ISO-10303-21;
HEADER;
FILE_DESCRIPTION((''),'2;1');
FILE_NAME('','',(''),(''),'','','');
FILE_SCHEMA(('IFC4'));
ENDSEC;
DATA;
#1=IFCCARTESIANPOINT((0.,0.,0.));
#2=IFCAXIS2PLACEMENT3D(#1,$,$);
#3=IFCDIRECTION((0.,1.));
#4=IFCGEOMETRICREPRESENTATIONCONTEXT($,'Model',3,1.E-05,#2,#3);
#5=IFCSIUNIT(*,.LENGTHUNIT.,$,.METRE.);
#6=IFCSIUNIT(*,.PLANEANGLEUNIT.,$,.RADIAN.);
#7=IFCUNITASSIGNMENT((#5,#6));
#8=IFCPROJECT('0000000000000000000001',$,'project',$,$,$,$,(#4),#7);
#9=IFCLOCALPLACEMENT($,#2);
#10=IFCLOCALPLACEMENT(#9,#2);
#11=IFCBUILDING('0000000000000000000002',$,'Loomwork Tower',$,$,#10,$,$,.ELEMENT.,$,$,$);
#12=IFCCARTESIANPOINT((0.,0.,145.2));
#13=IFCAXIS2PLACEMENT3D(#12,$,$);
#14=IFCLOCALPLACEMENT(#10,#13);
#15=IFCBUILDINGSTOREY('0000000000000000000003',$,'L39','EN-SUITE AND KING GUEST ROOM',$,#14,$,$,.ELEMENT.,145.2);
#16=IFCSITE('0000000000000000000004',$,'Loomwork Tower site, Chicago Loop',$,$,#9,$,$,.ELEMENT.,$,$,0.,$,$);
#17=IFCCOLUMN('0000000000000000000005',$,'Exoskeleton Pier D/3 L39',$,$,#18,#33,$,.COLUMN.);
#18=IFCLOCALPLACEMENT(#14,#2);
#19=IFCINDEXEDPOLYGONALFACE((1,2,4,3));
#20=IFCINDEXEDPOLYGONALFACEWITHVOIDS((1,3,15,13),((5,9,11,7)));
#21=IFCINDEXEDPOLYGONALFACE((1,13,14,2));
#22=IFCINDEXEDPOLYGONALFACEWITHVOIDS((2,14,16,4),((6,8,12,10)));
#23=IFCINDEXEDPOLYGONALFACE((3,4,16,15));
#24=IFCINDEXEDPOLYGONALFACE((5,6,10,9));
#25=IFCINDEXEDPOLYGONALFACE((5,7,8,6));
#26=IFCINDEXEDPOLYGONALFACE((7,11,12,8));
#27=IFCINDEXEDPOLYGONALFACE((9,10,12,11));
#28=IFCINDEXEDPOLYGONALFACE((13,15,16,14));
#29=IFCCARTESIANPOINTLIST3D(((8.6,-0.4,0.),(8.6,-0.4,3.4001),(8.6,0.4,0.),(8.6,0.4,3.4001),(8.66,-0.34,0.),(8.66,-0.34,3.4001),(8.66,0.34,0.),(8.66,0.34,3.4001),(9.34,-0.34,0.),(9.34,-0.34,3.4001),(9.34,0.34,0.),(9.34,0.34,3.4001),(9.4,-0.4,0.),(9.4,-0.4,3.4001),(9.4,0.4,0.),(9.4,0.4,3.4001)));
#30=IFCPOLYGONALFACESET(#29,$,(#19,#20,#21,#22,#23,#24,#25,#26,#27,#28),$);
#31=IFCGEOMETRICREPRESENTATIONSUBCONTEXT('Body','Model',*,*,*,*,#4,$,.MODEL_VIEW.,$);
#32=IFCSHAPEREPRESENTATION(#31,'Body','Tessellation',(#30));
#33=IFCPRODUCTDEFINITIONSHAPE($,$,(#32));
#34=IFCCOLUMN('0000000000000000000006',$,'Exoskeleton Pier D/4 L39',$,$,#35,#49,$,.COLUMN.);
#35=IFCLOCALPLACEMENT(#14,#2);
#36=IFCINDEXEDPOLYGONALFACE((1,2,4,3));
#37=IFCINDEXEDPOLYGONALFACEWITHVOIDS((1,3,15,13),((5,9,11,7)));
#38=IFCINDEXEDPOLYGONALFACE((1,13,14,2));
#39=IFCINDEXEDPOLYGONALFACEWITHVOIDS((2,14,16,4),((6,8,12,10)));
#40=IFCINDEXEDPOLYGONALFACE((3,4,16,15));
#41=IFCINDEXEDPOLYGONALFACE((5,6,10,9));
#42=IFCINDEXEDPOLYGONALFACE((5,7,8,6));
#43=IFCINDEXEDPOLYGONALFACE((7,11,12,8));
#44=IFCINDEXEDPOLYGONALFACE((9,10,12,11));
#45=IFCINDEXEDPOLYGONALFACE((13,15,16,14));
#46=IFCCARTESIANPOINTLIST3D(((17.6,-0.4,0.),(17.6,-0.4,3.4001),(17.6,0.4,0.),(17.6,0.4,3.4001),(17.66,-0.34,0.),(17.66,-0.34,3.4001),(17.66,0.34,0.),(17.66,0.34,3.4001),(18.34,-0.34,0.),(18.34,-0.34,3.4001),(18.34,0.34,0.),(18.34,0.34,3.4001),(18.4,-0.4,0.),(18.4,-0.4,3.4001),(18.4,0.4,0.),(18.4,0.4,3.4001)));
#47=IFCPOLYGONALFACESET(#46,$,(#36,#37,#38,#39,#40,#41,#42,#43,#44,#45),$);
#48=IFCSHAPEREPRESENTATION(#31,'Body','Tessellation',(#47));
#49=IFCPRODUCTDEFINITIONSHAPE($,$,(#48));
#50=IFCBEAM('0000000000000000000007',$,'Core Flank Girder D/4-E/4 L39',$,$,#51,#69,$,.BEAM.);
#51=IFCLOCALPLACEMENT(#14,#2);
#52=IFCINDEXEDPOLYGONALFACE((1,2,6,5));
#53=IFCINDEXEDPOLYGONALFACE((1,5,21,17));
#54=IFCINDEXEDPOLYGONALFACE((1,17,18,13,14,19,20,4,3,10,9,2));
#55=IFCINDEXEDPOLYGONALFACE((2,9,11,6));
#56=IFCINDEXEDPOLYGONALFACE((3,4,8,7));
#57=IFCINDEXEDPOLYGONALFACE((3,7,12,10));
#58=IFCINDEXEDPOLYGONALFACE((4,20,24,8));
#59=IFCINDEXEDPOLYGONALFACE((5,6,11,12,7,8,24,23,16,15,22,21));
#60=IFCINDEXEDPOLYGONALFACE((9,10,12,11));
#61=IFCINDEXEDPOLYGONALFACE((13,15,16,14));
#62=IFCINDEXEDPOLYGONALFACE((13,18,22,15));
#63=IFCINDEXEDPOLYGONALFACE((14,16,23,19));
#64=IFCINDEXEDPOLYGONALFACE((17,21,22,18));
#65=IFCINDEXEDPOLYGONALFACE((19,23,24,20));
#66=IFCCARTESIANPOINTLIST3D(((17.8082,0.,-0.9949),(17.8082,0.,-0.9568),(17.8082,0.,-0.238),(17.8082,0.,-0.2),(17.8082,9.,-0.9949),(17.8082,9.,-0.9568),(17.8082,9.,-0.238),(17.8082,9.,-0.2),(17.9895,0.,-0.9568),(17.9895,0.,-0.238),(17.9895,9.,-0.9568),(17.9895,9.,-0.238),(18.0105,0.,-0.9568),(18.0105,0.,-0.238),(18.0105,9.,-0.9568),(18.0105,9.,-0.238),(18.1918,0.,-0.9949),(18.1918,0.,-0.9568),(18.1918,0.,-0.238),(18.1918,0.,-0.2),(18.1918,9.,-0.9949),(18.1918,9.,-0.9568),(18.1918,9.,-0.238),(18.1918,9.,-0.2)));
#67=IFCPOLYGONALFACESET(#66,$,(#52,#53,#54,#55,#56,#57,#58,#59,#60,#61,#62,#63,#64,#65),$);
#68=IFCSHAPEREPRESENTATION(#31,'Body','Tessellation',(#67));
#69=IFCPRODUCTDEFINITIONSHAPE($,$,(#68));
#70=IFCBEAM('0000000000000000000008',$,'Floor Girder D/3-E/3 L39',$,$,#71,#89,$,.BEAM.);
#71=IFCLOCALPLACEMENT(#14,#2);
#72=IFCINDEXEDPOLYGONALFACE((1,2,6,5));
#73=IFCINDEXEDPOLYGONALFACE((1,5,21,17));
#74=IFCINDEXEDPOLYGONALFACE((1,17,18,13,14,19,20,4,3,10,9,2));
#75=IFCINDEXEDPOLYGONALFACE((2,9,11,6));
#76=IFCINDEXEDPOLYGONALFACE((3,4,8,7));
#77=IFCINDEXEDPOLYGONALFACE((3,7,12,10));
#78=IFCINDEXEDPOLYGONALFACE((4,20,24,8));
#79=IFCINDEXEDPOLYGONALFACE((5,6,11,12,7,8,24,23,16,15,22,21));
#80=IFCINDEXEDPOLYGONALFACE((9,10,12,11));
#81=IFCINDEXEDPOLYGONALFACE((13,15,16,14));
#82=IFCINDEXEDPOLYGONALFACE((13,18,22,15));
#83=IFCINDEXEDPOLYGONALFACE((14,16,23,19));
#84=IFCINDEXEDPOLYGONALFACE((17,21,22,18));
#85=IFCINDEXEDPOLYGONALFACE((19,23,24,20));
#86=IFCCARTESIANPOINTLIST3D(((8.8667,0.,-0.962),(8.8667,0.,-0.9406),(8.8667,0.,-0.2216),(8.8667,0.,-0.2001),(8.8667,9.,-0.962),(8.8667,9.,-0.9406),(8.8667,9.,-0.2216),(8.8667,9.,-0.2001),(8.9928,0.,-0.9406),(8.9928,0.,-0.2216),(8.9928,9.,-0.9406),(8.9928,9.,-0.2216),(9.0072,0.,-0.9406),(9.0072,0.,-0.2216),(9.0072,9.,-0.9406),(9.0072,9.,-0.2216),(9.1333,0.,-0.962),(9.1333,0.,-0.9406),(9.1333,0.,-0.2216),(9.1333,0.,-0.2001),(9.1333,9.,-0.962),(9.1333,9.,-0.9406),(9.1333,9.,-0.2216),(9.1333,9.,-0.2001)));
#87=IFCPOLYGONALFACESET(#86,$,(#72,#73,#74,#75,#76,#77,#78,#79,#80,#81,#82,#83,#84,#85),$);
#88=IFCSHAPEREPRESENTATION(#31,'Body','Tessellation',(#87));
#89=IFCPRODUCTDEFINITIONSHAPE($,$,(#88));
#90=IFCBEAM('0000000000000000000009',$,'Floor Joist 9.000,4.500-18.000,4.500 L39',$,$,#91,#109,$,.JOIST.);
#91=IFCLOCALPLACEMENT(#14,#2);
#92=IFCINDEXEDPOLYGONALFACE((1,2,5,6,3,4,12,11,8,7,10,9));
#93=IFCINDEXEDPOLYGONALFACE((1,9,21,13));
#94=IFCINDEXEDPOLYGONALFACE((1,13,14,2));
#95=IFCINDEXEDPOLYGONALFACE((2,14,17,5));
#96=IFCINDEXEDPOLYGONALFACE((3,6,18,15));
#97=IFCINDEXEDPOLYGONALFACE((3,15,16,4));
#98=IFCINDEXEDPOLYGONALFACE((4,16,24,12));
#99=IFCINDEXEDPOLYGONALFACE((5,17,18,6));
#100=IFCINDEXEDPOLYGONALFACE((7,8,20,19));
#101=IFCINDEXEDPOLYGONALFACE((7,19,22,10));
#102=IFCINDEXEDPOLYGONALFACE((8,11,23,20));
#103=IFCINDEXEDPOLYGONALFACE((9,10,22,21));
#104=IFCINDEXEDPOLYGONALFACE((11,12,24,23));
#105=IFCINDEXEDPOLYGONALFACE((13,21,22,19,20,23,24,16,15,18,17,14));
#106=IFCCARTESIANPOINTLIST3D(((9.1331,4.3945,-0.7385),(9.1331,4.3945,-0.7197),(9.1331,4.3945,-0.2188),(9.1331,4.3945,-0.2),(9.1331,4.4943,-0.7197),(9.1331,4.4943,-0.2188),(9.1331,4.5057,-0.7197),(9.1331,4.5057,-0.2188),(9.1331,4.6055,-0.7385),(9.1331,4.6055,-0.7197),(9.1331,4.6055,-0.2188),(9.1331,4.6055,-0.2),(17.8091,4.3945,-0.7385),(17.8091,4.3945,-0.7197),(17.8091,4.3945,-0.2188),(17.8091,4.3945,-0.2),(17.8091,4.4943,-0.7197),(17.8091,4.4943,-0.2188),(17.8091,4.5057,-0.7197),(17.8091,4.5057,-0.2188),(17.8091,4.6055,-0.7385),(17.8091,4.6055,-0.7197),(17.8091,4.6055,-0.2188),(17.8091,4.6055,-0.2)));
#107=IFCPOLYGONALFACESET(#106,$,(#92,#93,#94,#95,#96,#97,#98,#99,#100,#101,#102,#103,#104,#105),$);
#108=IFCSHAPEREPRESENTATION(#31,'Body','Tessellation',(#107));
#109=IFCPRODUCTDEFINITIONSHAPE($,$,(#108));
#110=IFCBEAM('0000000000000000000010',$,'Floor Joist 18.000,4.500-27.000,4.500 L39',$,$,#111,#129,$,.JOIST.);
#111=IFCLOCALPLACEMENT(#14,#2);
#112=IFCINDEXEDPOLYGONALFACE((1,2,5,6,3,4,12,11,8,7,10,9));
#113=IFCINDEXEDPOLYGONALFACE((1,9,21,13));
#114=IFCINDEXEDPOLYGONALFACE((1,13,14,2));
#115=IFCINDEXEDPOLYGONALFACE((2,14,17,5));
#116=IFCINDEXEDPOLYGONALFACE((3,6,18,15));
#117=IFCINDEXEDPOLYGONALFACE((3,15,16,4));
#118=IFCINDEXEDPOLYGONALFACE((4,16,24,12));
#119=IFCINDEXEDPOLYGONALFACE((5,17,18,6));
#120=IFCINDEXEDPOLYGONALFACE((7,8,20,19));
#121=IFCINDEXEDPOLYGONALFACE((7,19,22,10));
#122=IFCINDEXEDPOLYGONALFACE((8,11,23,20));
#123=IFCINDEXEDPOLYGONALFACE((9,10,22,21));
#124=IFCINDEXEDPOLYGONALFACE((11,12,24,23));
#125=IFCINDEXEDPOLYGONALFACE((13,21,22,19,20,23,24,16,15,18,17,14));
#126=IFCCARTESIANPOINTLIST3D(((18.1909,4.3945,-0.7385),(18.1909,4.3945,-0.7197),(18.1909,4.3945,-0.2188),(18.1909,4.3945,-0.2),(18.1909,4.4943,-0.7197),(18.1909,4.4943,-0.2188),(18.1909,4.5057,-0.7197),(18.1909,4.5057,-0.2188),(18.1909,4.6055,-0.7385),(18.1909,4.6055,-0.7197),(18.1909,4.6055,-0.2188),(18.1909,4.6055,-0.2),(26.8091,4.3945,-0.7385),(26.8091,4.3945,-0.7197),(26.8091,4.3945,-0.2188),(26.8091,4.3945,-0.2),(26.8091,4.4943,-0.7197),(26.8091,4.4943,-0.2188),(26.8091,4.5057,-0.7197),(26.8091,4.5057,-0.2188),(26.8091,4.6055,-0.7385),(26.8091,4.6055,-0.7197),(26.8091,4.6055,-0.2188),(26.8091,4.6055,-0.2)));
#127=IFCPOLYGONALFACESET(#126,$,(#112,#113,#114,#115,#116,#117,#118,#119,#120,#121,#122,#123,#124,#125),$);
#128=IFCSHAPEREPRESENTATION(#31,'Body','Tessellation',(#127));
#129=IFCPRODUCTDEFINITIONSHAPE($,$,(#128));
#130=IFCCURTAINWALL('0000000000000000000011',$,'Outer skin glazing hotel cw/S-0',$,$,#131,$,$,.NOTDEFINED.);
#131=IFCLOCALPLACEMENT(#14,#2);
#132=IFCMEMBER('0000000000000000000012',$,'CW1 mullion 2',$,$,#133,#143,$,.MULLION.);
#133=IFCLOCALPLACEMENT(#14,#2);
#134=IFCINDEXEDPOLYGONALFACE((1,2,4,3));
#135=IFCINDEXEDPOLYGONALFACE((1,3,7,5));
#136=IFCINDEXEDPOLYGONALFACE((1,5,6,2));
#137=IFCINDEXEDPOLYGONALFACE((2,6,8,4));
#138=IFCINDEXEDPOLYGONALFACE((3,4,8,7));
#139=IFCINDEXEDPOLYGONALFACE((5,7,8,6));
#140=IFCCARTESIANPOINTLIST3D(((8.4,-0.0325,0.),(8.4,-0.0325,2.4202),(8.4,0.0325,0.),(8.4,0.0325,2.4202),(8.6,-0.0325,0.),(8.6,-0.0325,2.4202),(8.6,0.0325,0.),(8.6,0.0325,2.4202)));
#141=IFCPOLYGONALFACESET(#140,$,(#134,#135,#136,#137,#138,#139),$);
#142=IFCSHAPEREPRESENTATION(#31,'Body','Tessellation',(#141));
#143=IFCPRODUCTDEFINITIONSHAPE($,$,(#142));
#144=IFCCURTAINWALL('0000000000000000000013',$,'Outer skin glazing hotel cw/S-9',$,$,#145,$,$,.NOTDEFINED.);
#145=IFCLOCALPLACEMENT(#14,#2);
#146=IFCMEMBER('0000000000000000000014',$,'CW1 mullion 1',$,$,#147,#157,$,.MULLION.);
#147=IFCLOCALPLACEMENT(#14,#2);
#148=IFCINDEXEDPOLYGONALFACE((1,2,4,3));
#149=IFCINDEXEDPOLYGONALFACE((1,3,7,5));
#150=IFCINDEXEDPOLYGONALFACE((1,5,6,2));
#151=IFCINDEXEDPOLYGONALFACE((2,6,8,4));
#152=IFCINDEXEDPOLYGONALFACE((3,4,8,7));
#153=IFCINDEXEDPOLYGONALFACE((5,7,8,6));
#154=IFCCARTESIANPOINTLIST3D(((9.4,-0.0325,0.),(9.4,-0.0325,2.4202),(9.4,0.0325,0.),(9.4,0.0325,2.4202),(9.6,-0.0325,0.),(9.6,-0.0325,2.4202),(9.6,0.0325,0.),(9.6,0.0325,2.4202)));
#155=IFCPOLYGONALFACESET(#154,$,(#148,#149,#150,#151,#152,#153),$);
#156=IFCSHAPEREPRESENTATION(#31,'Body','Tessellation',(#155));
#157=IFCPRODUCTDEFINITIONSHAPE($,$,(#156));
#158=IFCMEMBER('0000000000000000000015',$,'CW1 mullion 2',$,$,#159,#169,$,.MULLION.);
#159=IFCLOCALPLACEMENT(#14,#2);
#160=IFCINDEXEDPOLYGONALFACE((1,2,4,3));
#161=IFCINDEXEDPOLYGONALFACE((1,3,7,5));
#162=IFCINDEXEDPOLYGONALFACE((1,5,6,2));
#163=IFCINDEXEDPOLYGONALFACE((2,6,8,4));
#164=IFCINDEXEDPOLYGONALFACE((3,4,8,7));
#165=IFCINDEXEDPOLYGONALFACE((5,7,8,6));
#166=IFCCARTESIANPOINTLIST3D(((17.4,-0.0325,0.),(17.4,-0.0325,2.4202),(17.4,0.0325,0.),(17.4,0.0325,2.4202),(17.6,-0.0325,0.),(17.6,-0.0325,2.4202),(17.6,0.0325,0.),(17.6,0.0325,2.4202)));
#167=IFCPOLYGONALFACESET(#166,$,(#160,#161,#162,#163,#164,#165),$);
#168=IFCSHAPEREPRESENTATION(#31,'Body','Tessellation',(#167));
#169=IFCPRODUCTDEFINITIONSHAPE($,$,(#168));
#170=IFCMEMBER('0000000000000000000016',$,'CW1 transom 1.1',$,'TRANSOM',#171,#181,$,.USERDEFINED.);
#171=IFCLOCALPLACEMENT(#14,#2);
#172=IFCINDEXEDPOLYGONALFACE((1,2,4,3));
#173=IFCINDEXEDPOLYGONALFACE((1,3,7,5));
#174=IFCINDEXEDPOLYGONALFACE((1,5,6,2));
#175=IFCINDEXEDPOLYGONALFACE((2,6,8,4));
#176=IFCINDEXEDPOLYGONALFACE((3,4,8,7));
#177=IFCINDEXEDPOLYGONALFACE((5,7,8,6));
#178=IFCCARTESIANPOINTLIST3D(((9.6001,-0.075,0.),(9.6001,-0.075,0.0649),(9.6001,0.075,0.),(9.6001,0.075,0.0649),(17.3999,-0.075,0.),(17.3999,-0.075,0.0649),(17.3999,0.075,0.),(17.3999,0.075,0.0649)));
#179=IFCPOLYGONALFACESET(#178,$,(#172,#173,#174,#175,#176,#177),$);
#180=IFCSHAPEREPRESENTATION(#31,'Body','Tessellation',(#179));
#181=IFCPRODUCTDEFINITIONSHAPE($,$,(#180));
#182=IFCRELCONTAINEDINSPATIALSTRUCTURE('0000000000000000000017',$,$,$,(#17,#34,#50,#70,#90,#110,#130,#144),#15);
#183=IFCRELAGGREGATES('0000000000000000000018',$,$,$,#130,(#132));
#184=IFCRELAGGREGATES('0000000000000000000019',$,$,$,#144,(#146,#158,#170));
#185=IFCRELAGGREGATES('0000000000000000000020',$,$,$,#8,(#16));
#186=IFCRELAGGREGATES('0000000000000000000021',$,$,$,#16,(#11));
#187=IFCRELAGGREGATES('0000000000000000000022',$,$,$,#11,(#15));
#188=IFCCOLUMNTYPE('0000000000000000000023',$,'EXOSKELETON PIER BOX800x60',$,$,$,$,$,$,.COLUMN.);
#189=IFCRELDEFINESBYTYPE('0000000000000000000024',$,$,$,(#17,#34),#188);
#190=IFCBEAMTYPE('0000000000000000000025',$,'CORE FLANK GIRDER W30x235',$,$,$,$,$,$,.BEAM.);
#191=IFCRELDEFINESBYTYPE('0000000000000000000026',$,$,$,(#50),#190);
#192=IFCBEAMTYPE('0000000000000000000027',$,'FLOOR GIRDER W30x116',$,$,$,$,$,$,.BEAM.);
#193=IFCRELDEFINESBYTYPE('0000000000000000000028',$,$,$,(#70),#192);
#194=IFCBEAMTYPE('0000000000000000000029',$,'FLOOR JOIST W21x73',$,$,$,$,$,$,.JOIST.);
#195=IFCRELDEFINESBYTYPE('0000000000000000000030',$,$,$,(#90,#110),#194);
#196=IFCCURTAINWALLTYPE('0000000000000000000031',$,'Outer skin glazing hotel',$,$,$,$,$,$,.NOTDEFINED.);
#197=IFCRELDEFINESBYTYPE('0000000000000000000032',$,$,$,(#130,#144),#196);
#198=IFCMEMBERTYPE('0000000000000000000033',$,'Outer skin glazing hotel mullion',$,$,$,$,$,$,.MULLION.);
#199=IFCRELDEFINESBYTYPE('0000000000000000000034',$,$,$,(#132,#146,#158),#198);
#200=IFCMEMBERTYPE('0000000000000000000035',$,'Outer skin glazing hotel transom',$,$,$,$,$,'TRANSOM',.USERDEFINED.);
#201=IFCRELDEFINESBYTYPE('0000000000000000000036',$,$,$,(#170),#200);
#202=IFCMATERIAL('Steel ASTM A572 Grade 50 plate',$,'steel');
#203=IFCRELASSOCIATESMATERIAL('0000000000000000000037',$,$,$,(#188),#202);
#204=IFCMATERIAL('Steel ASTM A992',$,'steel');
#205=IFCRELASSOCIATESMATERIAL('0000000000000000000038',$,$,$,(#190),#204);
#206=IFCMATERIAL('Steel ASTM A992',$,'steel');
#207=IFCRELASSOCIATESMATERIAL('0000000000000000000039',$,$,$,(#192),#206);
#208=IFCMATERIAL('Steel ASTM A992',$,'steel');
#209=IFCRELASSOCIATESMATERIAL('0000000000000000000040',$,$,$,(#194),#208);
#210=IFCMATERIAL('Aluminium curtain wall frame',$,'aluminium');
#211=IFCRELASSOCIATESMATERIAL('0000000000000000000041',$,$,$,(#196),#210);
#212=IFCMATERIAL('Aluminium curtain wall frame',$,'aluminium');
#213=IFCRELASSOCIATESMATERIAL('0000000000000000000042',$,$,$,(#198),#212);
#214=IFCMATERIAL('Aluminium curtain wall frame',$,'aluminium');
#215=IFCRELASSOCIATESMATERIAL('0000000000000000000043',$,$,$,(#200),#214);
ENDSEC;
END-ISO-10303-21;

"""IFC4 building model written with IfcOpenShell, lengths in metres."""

from ifc_helpers import new_model, si_unit, direction, frame, origin, origin_2d, place, context, subcontext, project, spatial, rectangle, hollow_rectangle, i_section, extrude, material, material_profile, profile_set, type_object, element, aggregate, save


model = new_model("IFC4")

# Units and contexts
model_context = context("Model", 3, precision=1e-05, world=origin(), true_north=direction((0.0, 1.0)))
body_context = subcontext(model_context, "Body", "Model", "MODEL_VIEW")
ifc_project = project(units=[si_unit("LENGTHUNIT", "METRE"), si_unit("PLANEANGLEUNIT", "RADIAN")], contexts=[model_context])

# Site, building, storey
site_placement = place(None, origin())
site = spatial("IfcSite", under=ifc_project, at=site_placement, Name="Loomwork Tower site, Chicago Loop", CompositionType="ELEMENT", RefElevation=0.0)
building_placement = place(site_placement, origin())
building = spatial("IfcBuilding", under=site, at=building_placement, Name="Loomwork Tower", CompositionType="ELEMENT")
storey_placement = place(building_placement, frame((0.0, 0.0, 145.2)))
storey = spatial("IfcBuildingStorey", under=building, at=storey_placement, Name="L39", Description="EN-SUITE AND KING GUEST ROOM", CompositionType="ELEMENT", Elevation=145.2)

# Columns
ifc_material_1 = material(Name="Steel ASTM A572 Grade 50 plate", Category="steel")
ifc_material_profile_1 = material_profile(ifc_material_1, hollow_rectangle(XDim=0.8, YDim=0.8, WallThickness=0.0601, at=origin_2d()), Name="BOX800x60")
ifc_profile_set_1 = profile_set([ifc_material_profile_1], Name="Steel ASTM A572 Grade 50 plate")
column_type = type_object("IfcColumnType", Name="EXOSKELETON PIER BOX800x60", PredefinedType="COLUMN", material=ifc_profile_set_1)
for number, where, z_axis, x_axis, name in (
    (1, (9.0, 0.0, 0.0), (0.0, 0.0, 1.0), (1.0, 0.0, 0.0), "Exoskeleton Pier D/3 L39"),
    (2, (18.0, 0.0, 0.0), (0.0, 0.0, 1.0), (1.0, 0.0, 0.0), "Exoskeleton Pier D/4 L39"),
):
    element("IfcColumn", number, at=place(storey_placement, frame(where, z_axis=z_axis, x_axis=x_axis)), inside=storey, type_object=column_type, Name=name, PredefinedType="COLUMN", context=body_context, shape_type="SweptSolid", body=[
        extrude(hollow_rectangle(XDim=0.8, YDim=0.8, WallThickness=0.0601, at=origin_2d()), origin(), (0.0, 0.0, 1.0), 3.4001),
    ])

# Beams
ifc_material_2 = material(Name="Steel ASTM A992", Category="steel")
ifc_material_profile_2 = material_profile(ifc_material_2, i_section(OverallWidth=0.3835, OverallDepth=0.7949, WebThickness=0.021, FlangeThickness=0.0381, at=origin_2d()), Name="W30x235")
ifc_profile_set_2 = profile_set([ifc_material_profile_2], Name="Steel ASTM A992")
beam_type_1 = type_object("IfcBeamType", Name="CORE FLANK GIRDER W30x235", PredefinedType="BEAM", material=ifc_profile_set_2)
beam_1_placement = place(storey_placement, frame((18.0, 0.0, -0.5974), z_axis=(0.0, 1.0, 0.0), x_axis=(-1.0, 0.0, 0.0)))
element("IfcBeam", 3, at=beam_1_placement, inside=storey, type_object=beam_type_1, Name="Core Flank Girder D/4-E/4 L39", PredefinedType="BEAM", context=body_context, shape_type="SweptSolid", body=[
    extrude(i_section(OverallWidth=0.3835, OverallDepth=0.7949, WebThickness=0.021, FlangeThickness=0.0381, at=origin_2d()), origin(), (0.0, 0.0, 1.0), 9.0),
])
ifc_material_3 = material(Name="Steel ASTM A992", Category="steel")
ifc_material_profile_3 = material_profile(ifc_material_3, i_section(OverallWidth=0.2666, OverallDepth=0.762, WebThickness=0.0144, FlangeThickness=0.0215, at=origin_2d()), Name="W30x116")
ifc_profile_set_3 = profile_set([ifc_material_profile_3], Name="Steel ASTM A992")
beam_type_2 = type_object("IfcBeamType", Name="FLOOR GIRDER W30x116", PredefinedType="BEAM", material=ifc_profile_set_3)
beam_2_placement = place(storey_placement, frame((9.0, 0.0, -0.5811), z_axis=(0.0, 1.0, 0.0), x_axis=(-1.0, 0.0, 0.0)))
element("IfcBeam", 4, at=beam_2_placement, inside=storey, type_object=beam_type_2, Name="Floor Girder D/3-E/3 L39", PredefinedType="BEAM", context=body_context, shape_type="SweptSolid", body=[
    extrude(i_section(OverallWidth=0.2666, OverallDepth=0.762, WebThickness=0.0144, FlangeThickness=0.0215, at=origin_2d()), origin(), (0.0, 0.0, 1.0), 9.0),
])
ifc_material_4 = material(Name="Steel ASTM A992", Category="steel")
ifc_material_profile_4 = material_profile(ifc_material_4, i_section(OverallWidth=0.2109, OverallDepth=0.5386, WebThickness=0.0115, FlangeThickness=0.0188, at=origin_2d()), Name="W21x73")
ifc_profile_set_4 = profile_set([ifc_material_profile_4], Name="Steel ASTM A992")
beam_type_3 = type_object("IfcBeamType", Name="FLOOR JOIST W21x73", PredefinedType="JOIST", material=ifc_profile_set_4)
beam_3_placement = place(storey_placement, frame((9.1331, 4.5, -0.4692), z_axis=(1.0, 0.0, 0.0), x_axis=(0.0, 1.0, 0.0)))
element("IfcBeam", 5, at=beam_3_placement, inside=storey, type_object=beam_type_3, Name="Floor Joist 9.000,4.500-18.000,4.500 L39", PredefinedType="JOIST", context=body_context, shape_type="SweptSolid", body=[
    extrude(i_section(OverallWidth=0.2109, OverallDepth=0.5386, WebThickness=0.0115, FlangeThickness=0.0188, at=origin_2d()), origin(), (0.0, 0.0, 1.0), 8.676),
])
beam_4_placement = place(storey_placement, frame((18.1909, 4.5, -0.4692), z_axis=(1.0, 0.0, 0.0), x_axis=(0.0, 1.0, 0.0)))
element("IfcBeam", 6, at=beam_4_placement, inside=storey, type_object=beam_type_3, Name="Floor Joist 18.000,4.500-27.000,4.500 L39", PredefinedType="JOIST", context=body_context, shape_type="SweptSolid", body=[
    extrude(i_section(OverallWidth=0.2109, OverallDepth=0.5386, WebThickness=0.0115, FlangeThickness=0.0188, at=origin_2d()), origin(), (0.0, 0.0, 1.0), 8.6182),
])

# Curtain wall, member
ifc_material_5 = material(Name="Aluminium curtain wall frame", Category="aluminium")
curtain_wall_type = type_object("IfcCurtainWallType", Name="Outer skin glazing hotel", PredefinedType="NOTDEFINED", material=ifc_material_5)
curtain_wall_1_placement = place(storey_placement, origin())
curtain_wall_1 = element("IfcCurtainWall", 7, at=curtain_wall_1_placement, inside=storey, type_object=curtain_wall_type, Name="Outer skin glazing hotel cw/S-0", PredefinedType="NOTDEFINED")
ifc_material_6 = material(Name="Aluminium curtain wall frame", Category="aluminium")
ifc_material_profile_5 = material_profile(ifc_material_6, rectangle(XDim=0.0649, YDim=0.2, at=origin_2d()), Name="AL 65x200")
ifc_profile_set_5 = profile_set([ifc_material_profile_5], Name="Aluminium curtain wall frame")
member_type_1 = type_object("IfcMemberType", Name="Outer skin glazing hotel mullion", PredefinedType="MULLION", material=ifc_profile_set_5)
member_1_placement = place(storey_placement, frame((8.5, 0.0, 0.0), z_axis=(0.0, 0.0, 1.0), x_axis=(0.0, 1.0, 0.0)))
member_1 = element("IfcMember", 8, at=member_1_placement, type_object=member_type_1, Name="CW1 mullion 2", PredefinedType="MULLION", context=body_context, shape_type="SweptSolid", body=[
    extrude(rectangle(XDim=0.0649, YDim=0.2, at=origin_2d()), origin(), (0.0, 0.0, 1.0), 2.4202),
])
aggregate(curtain_wall_1, [member_1])

# Curtain wall, members
curtain_wall_2_placement = place(storey_placement, origin())
curtain_wall_2 = element("IfcCurtainWall", 9, at=curtain_wall_2_placement, inside=storey, type_object=curtain_wall_type, Name="Outer skin glazing hotel cw/S-9", PredefinedType="NOTDEFINED")
member_2_placement = place(storey_placement, frame((9.5, 0.0, 0.0), z_axis=(0.0, 0.0, 1.0), x_axis=(0.0, 1.0, 0.0)))
member_2 = element("IfcMember", 10, at=member_2_placement, type_object=member_type_1, Name="CW1 mullion 1", PredefinedType="MULLION", context=body_context, shape_type="SweptSolid", body=[
    extrude(rectangle(XDim=0.0649, YDim=0.2, at=origin_2d()), origin(), (0.0, 0.0, 1.0), 2.4202),
])
member_3_placement = place(storey_placement, frame((17.5, 0.0, 0.0), z_axis=(0.0, 0.0, 1.0), x_axis=(0.0, 1.0, 0.0)))
member_3 = element("IfcMember", 11, at=member_3_placement, type_object=member_type_1, Name="CW1 mullion 2", PredefinedType="MULLION", context=body_context, shape_type="SweptSolid", body=[
    extrude(rectangle(XDim=0.0649, YDim=0.2, at=origin_2d()), origin(), (0.0, 0.0, 1.0), 2.4202),
])
ifc_material_7 = material(Name="Aluminium curtain wall frame", Category="aluminium")
ifc_material_profile_6 = material_profile(ifc_material_7, rectangle(XDim=0.1499, YDim=0.0649, at=origin_2d()), Name="AL 65x150")
ifc_profile_set_6 = profile_set([ifc_material_profile_6], Name="Aluminium curtain wall frame")
member_type_2 = type_object("IfcMemberType", Name="Outer skin glazing hotel transom", ElementType="TRANSOM", PredefinedType="USERDEFINED", material=ifc_profile_set_6)
member_4_placement = place(storey_placement, frame((9.6001, 0.0, 0.0325), z_axis=(1.0, 0.0, 0.0), x_axis=(0.0, 1.0, 0.0)))
member_4 = element("IfcMember", 12, at=member_4_placement, type_object=member_type_2, Name="CW1 transom 1.1", ObjectType="TRANSOM", PredefinedType="USERDEFINED", context=body_context, shape_type="SweptSolid", body=[
    extrude(rectangle(XDim=0.1499, YDim=0.0649, at=origin_2d()), origin(), (0.0, 0.0, 1.0), 7.7998),
])

aggregate(curtain_wall_2, [member_2, member_3, member_4])

save(model, "model.ifc")
